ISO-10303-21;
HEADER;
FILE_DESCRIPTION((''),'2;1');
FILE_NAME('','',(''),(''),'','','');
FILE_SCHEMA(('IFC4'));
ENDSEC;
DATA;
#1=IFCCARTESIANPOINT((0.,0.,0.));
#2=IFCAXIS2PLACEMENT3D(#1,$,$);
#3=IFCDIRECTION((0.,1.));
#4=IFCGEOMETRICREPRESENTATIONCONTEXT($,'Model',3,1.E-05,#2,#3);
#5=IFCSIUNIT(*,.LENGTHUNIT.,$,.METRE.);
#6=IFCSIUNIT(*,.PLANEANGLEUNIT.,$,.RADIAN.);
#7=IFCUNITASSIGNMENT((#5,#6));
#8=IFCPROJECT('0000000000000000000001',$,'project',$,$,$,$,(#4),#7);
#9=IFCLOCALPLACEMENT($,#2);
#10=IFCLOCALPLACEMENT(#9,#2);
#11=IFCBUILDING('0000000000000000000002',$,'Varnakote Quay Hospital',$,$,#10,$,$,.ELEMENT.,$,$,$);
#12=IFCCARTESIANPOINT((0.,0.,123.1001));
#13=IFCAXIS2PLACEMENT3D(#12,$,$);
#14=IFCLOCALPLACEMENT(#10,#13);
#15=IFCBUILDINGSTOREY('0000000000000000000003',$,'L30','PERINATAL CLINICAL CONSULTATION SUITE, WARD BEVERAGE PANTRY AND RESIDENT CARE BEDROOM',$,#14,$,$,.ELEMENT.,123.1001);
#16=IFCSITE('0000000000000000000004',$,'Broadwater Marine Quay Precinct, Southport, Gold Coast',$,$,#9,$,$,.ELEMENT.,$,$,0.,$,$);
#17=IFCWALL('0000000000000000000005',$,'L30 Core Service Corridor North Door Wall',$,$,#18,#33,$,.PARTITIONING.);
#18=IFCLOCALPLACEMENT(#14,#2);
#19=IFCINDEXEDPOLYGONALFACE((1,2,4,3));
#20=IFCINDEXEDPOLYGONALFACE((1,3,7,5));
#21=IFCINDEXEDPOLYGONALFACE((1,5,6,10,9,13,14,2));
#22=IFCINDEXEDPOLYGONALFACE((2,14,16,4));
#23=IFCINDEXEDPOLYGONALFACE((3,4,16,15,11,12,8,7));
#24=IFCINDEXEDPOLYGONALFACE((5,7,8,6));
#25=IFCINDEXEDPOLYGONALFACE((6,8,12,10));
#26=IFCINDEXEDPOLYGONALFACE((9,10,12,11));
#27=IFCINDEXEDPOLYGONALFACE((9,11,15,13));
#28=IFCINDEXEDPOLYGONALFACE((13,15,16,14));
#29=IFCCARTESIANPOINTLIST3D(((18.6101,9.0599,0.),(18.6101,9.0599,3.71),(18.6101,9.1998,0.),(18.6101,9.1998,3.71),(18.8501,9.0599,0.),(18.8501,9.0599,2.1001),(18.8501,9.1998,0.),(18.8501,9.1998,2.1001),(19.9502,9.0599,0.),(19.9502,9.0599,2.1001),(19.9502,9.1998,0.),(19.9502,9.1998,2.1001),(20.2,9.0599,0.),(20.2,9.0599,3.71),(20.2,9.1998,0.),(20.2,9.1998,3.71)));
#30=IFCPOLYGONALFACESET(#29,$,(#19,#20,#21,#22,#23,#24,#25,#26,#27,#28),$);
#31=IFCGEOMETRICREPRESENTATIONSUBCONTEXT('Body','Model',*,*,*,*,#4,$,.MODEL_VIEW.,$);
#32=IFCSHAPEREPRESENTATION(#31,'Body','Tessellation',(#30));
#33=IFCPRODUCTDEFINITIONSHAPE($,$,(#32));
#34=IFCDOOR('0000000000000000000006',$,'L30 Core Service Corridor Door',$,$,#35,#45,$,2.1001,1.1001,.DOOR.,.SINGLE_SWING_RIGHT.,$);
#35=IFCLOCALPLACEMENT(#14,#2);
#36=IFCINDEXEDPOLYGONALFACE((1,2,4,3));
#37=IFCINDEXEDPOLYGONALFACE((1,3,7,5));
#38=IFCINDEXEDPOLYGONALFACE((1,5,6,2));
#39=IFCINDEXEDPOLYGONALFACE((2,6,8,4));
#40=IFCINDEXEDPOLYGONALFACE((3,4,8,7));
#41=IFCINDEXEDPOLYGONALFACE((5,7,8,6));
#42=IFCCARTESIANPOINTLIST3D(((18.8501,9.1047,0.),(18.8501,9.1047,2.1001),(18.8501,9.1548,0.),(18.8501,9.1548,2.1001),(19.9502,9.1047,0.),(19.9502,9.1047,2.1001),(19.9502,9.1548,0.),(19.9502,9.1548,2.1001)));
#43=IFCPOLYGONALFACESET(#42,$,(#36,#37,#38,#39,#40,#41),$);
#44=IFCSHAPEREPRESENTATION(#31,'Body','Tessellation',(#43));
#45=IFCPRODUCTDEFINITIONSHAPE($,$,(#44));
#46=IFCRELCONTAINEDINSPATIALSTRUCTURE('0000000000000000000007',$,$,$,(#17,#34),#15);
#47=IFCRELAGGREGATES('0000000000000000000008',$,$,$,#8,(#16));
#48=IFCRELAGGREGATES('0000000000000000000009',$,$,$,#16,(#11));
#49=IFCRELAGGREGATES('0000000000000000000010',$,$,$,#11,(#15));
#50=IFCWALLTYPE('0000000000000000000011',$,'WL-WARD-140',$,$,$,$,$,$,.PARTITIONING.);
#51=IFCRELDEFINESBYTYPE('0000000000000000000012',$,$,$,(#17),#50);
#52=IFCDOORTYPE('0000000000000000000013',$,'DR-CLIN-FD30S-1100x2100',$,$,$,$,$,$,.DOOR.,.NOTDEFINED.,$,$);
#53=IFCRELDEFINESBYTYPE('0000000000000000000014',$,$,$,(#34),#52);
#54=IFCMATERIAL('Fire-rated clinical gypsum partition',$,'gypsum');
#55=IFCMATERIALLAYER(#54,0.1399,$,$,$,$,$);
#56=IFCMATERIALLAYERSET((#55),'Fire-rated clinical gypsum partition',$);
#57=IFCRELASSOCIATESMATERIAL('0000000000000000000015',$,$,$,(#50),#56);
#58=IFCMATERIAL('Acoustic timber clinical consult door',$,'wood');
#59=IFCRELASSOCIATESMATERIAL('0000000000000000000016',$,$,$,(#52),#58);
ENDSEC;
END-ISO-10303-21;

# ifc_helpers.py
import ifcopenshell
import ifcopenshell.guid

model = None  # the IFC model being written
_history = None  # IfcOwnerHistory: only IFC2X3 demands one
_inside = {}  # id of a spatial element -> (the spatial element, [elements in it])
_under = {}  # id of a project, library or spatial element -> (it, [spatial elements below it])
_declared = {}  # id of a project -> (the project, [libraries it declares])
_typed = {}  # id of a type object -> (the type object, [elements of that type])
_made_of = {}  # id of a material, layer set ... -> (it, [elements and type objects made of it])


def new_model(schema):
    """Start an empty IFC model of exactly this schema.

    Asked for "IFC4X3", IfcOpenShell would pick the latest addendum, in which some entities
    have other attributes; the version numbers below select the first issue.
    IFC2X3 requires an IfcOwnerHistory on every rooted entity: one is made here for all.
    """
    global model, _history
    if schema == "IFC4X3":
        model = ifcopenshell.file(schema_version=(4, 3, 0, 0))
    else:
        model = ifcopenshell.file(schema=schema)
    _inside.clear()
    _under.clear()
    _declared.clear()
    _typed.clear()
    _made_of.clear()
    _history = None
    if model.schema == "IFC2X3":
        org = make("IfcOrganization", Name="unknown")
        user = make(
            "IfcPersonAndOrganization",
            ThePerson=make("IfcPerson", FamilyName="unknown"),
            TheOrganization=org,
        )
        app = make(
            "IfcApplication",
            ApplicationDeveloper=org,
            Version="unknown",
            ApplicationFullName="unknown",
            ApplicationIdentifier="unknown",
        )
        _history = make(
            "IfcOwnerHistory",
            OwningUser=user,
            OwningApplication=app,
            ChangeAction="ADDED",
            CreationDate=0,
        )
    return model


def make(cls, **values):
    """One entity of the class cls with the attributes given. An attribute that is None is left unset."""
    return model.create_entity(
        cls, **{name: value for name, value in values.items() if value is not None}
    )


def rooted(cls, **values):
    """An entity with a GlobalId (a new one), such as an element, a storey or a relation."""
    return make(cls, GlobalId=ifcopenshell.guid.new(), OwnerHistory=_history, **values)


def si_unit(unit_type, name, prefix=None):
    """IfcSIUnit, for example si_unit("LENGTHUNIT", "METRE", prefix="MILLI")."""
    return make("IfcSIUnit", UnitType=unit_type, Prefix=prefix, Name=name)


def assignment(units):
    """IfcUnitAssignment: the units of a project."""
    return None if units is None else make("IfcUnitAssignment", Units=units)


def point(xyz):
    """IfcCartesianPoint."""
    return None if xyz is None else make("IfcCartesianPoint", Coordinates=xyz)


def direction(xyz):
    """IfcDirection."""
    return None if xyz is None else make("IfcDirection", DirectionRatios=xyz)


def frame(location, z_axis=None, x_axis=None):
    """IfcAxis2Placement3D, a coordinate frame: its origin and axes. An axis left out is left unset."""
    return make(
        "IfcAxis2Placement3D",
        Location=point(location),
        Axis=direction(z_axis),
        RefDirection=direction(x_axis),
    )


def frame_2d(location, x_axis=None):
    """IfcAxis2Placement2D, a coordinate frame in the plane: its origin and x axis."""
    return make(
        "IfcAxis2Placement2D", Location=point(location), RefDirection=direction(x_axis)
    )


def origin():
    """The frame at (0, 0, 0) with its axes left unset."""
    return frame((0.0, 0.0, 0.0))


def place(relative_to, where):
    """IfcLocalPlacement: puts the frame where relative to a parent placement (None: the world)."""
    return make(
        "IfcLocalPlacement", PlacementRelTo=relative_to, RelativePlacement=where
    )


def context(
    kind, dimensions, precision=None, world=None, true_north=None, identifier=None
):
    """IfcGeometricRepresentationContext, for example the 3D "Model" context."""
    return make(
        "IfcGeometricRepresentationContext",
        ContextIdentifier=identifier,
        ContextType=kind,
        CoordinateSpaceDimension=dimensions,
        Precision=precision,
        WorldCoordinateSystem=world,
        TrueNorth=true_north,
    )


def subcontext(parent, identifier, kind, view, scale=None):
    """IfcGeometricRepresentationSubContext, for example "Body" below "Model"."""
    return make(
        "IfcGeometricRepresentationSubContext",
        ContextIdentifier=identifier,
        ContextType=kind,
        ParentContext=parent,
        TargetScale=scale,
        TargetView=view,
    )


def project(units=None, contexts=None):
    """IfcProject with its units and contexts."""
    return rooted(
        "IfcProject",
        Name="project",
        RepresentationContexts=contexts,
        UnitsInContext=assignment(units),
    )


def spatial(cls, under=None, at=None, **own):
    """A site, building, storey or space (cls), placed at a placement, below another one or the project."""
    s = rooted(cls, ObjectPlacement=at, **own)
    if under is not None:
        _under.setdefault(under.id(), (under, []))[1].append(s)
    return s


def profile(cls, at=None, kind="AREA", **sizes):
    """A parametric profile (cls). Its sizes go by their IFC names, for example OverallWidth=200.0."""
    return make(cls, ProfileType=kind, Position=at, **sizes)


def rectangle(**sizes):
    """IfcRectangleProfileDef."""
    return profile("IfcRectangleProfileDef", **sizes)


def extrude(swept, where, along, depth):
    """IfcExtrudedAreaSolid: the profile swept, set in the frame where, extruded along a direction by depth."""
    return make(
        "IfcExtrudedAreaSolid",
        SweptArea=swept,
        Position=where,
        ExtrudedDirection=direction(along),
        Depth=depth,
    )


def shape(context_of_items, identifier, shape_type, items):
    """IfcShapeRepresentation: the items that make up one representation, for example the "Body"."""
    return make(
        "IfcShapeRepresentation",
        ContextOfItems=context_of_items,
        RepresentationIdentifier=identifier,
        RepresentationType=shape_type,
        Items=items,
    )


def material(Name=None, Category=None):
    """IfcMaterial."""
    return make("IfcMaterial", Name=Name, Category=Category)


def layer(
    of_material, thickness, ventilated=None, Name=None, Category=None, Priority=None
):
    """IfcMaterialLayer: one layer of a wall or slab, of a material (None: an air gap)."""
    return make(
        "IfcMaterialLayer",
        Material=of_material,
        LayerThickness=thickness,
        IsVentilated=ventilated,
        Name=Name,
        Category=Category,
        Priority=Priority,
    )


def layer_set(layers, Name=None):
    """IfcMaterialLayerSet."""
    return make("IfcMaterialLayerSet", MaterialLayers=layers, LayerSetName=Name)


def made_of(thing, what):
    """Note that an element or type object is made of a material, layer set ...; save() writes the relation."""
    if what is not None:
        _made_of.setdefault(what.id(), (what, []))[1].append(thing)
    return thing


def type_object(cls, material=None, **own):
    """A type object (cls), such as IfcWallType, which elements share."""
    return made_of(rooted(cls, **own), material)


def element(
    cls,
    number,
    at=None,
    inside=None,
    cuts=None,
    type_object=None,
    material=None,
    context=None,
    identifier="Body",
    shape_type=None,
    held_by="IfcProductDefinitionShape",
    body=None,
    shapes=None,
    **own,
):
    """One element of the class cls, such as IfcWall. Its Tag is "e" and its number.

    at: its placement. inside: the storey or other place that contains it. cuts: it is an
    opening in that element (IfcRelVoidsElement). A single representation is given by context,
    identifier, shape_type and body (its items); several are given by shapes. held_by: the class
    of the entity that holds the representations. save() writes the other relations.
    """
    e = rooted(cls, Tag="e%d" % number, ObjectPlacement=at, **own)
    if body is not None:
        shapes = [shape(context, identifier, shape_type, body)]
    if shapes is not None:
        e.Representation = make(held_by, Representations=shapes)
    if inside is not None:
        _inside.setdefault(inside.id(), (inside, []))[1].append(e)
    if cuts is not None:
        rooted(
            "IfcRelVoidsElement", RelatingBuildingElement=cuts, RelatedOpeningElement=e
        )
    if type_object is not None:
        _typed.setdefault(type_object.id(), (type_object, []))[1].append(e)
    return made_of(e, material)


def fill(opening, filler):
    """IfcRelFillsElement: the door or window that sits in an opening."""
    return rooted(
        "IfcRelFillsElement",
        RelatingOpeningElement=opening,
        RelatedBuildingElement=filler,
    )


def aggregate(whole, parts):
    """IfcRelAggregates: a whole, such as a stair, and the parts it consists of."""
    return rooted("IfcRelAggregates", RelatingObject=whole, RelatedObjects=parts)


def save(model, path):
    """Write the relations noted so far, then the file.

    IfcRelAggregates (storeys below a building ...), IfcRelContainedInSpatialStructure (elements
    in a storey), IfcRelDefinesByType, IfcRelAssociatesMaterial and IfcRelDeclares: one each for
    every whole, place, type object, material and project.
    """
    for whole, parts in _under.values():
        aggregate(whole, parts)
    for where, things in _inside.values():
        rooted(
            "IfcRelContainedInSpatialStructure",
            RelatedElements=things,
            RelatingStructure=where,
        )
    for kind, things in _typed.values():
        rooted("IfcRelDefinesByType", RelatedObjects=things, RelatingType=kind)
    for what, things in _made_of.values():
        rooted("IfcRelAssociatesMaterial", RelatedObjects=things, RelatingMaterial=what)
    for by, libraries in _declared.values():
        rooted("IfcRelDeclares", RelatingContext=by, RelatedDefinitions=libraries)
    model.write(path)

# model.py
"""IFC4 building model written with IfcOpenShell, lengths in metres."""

from ifc_helpers import new_model, si_unit, direction, frame, frame_2d, origin, place, context, subcontext, project, spatial, rectangle, extrude, material, layer, layer_set, type_object, element, fill, save


model = new_model("IFC4")

# Units and contexts
model_context = context("Model", 3, precision=1e-05, world=origin(), true_north=direction((0.0, 1.0)))
body_context = subcontext(model_context, "Body", "Model", "MODEL_VIEW")
ifc_project = project(units=[si_unit("LENGTHUNIT", "METRE"), si_unit("PLANEANGLEUNIT", "RADIAN")], contexts=[model_context])

# Site, building, storey
site_placement = place(None, origin())
site = spatial("IfcSite", under=ifc_project, at=site_placement, Name="Broadwater Marine Quay Precinct, Southport, Gold Coast", CompositionType="ELEMENT", RefElevation=0.0)
building_placement = place(site_placement, origin())
building = spatial("IfcBuilding", under=site, at=building_placement, Name="Varnakote Quay Hospital", CompositionType="ELEMENT")
storey_placement = place(building_placement, frame((0.0, 0.0, 123.1001)))
storey = spatial("IfcBuildingStorey", under=building, at=storey_placement, Name="L30", Description="PERINATAL CLINICAL CONSULTATION SUITE, WARD BEVERAGE PANTRY AND RESIDENT CARE BEDROOM", CompositionType="ELEMENT", Elevation=123.1001)

# Wall, opening, door
ifc_material_1 = material(Name="Fire-rated clinical gypsum partition", Category="gypsum")
ifc_layer_1 = layer(ifc_material_1, 0.1399)
ifc_layer_set_1 = layer_set([ifc_layer_1], Name="Fire-rated clinical gypsum partition")
wall_type_1 = type_object("IfcWallType", Name="WL-WARD-140", PredefinedType="PARTITIONING", material=ifc_layer_set_1)
wall_1_placement = place(storey_placement, frame((18.6101, 9.1299, 0.0), z_axis=(0.0, 0.0, 1.0), x_axis=(1.0, 0.0, 0.0)))
wall_1 = element("IfcWall", 1, at=wall_1_placement, inside=storey, type_object=wall_type_1, Name="L30 Core Service Corridor North Door Wall", PredefinedType="PARTITIONING", context=body_context, shape_type="SweptSolid", body=[
    extrude(rectangle(XDim=1.5898, YDim=0.1399, at=frame_2d((0.7949, 0.0))), origin(), (0.0, 0.0, 1.0), 3.71),
])
opening_1_placement = place(wall_1_placement, frame((0.24, 0.0, 0.0)))
opening_1 = element("IfcOpeningElement", 2, at=opening_1_placement, cuts=wall_1, PredefinedType="OPENING", context=body_context, shape_type="SweptSolid", body=[
    extrude(rectangle(XDim=1.1001, YDim=2.1001, at=frame_2d((0.55, 1.05))), frame((0.0, 0.0798, 0.0), z_axis=(0.0, -1.0, 0.0), x_axis=(1.0, 0.0, 0.0)), (0.0, 0.0, 1.0), 0.1599),
])
ifc_material_2 = material(Name="Acoustic timber clinical consult door", Category="wood")
door_type_1 = type_object("IfcDoorType", Name="DR-CLIN-FD30S-1100x2100", OperationType="NOTDEFINED", PredefinedType="DOOR", material=ifc_material_2)
door_1_placement = place(opening_1_placement, origin())
door_1 = element("IfcDoor", 3, at=door_1_placement, inside=storey, type_object=door_type_1, Name="L30 Core Service Corridor Door", OperationType="SINGLE_SWING_RIGHT", OverallHeight=2.1001, OverallWidth=1.1001, PredefinedType="DOOR", context=body_context, shape_type="SweptSolid", body=[
    extrude(rectangle(XDim=1.1001, YDim=2.1001, at=frame_2d((0.55, 1.05))), frame((0.0, 0.0249, 0.0), z_axis=(0.0, -1.0, 0.0), x_axis=(1.0, 0.0, 0.0)), (0.0, 0.0, 1.0), 0.05),
])
fill(opening_1, door_1)

save(model, "model.ifc")
